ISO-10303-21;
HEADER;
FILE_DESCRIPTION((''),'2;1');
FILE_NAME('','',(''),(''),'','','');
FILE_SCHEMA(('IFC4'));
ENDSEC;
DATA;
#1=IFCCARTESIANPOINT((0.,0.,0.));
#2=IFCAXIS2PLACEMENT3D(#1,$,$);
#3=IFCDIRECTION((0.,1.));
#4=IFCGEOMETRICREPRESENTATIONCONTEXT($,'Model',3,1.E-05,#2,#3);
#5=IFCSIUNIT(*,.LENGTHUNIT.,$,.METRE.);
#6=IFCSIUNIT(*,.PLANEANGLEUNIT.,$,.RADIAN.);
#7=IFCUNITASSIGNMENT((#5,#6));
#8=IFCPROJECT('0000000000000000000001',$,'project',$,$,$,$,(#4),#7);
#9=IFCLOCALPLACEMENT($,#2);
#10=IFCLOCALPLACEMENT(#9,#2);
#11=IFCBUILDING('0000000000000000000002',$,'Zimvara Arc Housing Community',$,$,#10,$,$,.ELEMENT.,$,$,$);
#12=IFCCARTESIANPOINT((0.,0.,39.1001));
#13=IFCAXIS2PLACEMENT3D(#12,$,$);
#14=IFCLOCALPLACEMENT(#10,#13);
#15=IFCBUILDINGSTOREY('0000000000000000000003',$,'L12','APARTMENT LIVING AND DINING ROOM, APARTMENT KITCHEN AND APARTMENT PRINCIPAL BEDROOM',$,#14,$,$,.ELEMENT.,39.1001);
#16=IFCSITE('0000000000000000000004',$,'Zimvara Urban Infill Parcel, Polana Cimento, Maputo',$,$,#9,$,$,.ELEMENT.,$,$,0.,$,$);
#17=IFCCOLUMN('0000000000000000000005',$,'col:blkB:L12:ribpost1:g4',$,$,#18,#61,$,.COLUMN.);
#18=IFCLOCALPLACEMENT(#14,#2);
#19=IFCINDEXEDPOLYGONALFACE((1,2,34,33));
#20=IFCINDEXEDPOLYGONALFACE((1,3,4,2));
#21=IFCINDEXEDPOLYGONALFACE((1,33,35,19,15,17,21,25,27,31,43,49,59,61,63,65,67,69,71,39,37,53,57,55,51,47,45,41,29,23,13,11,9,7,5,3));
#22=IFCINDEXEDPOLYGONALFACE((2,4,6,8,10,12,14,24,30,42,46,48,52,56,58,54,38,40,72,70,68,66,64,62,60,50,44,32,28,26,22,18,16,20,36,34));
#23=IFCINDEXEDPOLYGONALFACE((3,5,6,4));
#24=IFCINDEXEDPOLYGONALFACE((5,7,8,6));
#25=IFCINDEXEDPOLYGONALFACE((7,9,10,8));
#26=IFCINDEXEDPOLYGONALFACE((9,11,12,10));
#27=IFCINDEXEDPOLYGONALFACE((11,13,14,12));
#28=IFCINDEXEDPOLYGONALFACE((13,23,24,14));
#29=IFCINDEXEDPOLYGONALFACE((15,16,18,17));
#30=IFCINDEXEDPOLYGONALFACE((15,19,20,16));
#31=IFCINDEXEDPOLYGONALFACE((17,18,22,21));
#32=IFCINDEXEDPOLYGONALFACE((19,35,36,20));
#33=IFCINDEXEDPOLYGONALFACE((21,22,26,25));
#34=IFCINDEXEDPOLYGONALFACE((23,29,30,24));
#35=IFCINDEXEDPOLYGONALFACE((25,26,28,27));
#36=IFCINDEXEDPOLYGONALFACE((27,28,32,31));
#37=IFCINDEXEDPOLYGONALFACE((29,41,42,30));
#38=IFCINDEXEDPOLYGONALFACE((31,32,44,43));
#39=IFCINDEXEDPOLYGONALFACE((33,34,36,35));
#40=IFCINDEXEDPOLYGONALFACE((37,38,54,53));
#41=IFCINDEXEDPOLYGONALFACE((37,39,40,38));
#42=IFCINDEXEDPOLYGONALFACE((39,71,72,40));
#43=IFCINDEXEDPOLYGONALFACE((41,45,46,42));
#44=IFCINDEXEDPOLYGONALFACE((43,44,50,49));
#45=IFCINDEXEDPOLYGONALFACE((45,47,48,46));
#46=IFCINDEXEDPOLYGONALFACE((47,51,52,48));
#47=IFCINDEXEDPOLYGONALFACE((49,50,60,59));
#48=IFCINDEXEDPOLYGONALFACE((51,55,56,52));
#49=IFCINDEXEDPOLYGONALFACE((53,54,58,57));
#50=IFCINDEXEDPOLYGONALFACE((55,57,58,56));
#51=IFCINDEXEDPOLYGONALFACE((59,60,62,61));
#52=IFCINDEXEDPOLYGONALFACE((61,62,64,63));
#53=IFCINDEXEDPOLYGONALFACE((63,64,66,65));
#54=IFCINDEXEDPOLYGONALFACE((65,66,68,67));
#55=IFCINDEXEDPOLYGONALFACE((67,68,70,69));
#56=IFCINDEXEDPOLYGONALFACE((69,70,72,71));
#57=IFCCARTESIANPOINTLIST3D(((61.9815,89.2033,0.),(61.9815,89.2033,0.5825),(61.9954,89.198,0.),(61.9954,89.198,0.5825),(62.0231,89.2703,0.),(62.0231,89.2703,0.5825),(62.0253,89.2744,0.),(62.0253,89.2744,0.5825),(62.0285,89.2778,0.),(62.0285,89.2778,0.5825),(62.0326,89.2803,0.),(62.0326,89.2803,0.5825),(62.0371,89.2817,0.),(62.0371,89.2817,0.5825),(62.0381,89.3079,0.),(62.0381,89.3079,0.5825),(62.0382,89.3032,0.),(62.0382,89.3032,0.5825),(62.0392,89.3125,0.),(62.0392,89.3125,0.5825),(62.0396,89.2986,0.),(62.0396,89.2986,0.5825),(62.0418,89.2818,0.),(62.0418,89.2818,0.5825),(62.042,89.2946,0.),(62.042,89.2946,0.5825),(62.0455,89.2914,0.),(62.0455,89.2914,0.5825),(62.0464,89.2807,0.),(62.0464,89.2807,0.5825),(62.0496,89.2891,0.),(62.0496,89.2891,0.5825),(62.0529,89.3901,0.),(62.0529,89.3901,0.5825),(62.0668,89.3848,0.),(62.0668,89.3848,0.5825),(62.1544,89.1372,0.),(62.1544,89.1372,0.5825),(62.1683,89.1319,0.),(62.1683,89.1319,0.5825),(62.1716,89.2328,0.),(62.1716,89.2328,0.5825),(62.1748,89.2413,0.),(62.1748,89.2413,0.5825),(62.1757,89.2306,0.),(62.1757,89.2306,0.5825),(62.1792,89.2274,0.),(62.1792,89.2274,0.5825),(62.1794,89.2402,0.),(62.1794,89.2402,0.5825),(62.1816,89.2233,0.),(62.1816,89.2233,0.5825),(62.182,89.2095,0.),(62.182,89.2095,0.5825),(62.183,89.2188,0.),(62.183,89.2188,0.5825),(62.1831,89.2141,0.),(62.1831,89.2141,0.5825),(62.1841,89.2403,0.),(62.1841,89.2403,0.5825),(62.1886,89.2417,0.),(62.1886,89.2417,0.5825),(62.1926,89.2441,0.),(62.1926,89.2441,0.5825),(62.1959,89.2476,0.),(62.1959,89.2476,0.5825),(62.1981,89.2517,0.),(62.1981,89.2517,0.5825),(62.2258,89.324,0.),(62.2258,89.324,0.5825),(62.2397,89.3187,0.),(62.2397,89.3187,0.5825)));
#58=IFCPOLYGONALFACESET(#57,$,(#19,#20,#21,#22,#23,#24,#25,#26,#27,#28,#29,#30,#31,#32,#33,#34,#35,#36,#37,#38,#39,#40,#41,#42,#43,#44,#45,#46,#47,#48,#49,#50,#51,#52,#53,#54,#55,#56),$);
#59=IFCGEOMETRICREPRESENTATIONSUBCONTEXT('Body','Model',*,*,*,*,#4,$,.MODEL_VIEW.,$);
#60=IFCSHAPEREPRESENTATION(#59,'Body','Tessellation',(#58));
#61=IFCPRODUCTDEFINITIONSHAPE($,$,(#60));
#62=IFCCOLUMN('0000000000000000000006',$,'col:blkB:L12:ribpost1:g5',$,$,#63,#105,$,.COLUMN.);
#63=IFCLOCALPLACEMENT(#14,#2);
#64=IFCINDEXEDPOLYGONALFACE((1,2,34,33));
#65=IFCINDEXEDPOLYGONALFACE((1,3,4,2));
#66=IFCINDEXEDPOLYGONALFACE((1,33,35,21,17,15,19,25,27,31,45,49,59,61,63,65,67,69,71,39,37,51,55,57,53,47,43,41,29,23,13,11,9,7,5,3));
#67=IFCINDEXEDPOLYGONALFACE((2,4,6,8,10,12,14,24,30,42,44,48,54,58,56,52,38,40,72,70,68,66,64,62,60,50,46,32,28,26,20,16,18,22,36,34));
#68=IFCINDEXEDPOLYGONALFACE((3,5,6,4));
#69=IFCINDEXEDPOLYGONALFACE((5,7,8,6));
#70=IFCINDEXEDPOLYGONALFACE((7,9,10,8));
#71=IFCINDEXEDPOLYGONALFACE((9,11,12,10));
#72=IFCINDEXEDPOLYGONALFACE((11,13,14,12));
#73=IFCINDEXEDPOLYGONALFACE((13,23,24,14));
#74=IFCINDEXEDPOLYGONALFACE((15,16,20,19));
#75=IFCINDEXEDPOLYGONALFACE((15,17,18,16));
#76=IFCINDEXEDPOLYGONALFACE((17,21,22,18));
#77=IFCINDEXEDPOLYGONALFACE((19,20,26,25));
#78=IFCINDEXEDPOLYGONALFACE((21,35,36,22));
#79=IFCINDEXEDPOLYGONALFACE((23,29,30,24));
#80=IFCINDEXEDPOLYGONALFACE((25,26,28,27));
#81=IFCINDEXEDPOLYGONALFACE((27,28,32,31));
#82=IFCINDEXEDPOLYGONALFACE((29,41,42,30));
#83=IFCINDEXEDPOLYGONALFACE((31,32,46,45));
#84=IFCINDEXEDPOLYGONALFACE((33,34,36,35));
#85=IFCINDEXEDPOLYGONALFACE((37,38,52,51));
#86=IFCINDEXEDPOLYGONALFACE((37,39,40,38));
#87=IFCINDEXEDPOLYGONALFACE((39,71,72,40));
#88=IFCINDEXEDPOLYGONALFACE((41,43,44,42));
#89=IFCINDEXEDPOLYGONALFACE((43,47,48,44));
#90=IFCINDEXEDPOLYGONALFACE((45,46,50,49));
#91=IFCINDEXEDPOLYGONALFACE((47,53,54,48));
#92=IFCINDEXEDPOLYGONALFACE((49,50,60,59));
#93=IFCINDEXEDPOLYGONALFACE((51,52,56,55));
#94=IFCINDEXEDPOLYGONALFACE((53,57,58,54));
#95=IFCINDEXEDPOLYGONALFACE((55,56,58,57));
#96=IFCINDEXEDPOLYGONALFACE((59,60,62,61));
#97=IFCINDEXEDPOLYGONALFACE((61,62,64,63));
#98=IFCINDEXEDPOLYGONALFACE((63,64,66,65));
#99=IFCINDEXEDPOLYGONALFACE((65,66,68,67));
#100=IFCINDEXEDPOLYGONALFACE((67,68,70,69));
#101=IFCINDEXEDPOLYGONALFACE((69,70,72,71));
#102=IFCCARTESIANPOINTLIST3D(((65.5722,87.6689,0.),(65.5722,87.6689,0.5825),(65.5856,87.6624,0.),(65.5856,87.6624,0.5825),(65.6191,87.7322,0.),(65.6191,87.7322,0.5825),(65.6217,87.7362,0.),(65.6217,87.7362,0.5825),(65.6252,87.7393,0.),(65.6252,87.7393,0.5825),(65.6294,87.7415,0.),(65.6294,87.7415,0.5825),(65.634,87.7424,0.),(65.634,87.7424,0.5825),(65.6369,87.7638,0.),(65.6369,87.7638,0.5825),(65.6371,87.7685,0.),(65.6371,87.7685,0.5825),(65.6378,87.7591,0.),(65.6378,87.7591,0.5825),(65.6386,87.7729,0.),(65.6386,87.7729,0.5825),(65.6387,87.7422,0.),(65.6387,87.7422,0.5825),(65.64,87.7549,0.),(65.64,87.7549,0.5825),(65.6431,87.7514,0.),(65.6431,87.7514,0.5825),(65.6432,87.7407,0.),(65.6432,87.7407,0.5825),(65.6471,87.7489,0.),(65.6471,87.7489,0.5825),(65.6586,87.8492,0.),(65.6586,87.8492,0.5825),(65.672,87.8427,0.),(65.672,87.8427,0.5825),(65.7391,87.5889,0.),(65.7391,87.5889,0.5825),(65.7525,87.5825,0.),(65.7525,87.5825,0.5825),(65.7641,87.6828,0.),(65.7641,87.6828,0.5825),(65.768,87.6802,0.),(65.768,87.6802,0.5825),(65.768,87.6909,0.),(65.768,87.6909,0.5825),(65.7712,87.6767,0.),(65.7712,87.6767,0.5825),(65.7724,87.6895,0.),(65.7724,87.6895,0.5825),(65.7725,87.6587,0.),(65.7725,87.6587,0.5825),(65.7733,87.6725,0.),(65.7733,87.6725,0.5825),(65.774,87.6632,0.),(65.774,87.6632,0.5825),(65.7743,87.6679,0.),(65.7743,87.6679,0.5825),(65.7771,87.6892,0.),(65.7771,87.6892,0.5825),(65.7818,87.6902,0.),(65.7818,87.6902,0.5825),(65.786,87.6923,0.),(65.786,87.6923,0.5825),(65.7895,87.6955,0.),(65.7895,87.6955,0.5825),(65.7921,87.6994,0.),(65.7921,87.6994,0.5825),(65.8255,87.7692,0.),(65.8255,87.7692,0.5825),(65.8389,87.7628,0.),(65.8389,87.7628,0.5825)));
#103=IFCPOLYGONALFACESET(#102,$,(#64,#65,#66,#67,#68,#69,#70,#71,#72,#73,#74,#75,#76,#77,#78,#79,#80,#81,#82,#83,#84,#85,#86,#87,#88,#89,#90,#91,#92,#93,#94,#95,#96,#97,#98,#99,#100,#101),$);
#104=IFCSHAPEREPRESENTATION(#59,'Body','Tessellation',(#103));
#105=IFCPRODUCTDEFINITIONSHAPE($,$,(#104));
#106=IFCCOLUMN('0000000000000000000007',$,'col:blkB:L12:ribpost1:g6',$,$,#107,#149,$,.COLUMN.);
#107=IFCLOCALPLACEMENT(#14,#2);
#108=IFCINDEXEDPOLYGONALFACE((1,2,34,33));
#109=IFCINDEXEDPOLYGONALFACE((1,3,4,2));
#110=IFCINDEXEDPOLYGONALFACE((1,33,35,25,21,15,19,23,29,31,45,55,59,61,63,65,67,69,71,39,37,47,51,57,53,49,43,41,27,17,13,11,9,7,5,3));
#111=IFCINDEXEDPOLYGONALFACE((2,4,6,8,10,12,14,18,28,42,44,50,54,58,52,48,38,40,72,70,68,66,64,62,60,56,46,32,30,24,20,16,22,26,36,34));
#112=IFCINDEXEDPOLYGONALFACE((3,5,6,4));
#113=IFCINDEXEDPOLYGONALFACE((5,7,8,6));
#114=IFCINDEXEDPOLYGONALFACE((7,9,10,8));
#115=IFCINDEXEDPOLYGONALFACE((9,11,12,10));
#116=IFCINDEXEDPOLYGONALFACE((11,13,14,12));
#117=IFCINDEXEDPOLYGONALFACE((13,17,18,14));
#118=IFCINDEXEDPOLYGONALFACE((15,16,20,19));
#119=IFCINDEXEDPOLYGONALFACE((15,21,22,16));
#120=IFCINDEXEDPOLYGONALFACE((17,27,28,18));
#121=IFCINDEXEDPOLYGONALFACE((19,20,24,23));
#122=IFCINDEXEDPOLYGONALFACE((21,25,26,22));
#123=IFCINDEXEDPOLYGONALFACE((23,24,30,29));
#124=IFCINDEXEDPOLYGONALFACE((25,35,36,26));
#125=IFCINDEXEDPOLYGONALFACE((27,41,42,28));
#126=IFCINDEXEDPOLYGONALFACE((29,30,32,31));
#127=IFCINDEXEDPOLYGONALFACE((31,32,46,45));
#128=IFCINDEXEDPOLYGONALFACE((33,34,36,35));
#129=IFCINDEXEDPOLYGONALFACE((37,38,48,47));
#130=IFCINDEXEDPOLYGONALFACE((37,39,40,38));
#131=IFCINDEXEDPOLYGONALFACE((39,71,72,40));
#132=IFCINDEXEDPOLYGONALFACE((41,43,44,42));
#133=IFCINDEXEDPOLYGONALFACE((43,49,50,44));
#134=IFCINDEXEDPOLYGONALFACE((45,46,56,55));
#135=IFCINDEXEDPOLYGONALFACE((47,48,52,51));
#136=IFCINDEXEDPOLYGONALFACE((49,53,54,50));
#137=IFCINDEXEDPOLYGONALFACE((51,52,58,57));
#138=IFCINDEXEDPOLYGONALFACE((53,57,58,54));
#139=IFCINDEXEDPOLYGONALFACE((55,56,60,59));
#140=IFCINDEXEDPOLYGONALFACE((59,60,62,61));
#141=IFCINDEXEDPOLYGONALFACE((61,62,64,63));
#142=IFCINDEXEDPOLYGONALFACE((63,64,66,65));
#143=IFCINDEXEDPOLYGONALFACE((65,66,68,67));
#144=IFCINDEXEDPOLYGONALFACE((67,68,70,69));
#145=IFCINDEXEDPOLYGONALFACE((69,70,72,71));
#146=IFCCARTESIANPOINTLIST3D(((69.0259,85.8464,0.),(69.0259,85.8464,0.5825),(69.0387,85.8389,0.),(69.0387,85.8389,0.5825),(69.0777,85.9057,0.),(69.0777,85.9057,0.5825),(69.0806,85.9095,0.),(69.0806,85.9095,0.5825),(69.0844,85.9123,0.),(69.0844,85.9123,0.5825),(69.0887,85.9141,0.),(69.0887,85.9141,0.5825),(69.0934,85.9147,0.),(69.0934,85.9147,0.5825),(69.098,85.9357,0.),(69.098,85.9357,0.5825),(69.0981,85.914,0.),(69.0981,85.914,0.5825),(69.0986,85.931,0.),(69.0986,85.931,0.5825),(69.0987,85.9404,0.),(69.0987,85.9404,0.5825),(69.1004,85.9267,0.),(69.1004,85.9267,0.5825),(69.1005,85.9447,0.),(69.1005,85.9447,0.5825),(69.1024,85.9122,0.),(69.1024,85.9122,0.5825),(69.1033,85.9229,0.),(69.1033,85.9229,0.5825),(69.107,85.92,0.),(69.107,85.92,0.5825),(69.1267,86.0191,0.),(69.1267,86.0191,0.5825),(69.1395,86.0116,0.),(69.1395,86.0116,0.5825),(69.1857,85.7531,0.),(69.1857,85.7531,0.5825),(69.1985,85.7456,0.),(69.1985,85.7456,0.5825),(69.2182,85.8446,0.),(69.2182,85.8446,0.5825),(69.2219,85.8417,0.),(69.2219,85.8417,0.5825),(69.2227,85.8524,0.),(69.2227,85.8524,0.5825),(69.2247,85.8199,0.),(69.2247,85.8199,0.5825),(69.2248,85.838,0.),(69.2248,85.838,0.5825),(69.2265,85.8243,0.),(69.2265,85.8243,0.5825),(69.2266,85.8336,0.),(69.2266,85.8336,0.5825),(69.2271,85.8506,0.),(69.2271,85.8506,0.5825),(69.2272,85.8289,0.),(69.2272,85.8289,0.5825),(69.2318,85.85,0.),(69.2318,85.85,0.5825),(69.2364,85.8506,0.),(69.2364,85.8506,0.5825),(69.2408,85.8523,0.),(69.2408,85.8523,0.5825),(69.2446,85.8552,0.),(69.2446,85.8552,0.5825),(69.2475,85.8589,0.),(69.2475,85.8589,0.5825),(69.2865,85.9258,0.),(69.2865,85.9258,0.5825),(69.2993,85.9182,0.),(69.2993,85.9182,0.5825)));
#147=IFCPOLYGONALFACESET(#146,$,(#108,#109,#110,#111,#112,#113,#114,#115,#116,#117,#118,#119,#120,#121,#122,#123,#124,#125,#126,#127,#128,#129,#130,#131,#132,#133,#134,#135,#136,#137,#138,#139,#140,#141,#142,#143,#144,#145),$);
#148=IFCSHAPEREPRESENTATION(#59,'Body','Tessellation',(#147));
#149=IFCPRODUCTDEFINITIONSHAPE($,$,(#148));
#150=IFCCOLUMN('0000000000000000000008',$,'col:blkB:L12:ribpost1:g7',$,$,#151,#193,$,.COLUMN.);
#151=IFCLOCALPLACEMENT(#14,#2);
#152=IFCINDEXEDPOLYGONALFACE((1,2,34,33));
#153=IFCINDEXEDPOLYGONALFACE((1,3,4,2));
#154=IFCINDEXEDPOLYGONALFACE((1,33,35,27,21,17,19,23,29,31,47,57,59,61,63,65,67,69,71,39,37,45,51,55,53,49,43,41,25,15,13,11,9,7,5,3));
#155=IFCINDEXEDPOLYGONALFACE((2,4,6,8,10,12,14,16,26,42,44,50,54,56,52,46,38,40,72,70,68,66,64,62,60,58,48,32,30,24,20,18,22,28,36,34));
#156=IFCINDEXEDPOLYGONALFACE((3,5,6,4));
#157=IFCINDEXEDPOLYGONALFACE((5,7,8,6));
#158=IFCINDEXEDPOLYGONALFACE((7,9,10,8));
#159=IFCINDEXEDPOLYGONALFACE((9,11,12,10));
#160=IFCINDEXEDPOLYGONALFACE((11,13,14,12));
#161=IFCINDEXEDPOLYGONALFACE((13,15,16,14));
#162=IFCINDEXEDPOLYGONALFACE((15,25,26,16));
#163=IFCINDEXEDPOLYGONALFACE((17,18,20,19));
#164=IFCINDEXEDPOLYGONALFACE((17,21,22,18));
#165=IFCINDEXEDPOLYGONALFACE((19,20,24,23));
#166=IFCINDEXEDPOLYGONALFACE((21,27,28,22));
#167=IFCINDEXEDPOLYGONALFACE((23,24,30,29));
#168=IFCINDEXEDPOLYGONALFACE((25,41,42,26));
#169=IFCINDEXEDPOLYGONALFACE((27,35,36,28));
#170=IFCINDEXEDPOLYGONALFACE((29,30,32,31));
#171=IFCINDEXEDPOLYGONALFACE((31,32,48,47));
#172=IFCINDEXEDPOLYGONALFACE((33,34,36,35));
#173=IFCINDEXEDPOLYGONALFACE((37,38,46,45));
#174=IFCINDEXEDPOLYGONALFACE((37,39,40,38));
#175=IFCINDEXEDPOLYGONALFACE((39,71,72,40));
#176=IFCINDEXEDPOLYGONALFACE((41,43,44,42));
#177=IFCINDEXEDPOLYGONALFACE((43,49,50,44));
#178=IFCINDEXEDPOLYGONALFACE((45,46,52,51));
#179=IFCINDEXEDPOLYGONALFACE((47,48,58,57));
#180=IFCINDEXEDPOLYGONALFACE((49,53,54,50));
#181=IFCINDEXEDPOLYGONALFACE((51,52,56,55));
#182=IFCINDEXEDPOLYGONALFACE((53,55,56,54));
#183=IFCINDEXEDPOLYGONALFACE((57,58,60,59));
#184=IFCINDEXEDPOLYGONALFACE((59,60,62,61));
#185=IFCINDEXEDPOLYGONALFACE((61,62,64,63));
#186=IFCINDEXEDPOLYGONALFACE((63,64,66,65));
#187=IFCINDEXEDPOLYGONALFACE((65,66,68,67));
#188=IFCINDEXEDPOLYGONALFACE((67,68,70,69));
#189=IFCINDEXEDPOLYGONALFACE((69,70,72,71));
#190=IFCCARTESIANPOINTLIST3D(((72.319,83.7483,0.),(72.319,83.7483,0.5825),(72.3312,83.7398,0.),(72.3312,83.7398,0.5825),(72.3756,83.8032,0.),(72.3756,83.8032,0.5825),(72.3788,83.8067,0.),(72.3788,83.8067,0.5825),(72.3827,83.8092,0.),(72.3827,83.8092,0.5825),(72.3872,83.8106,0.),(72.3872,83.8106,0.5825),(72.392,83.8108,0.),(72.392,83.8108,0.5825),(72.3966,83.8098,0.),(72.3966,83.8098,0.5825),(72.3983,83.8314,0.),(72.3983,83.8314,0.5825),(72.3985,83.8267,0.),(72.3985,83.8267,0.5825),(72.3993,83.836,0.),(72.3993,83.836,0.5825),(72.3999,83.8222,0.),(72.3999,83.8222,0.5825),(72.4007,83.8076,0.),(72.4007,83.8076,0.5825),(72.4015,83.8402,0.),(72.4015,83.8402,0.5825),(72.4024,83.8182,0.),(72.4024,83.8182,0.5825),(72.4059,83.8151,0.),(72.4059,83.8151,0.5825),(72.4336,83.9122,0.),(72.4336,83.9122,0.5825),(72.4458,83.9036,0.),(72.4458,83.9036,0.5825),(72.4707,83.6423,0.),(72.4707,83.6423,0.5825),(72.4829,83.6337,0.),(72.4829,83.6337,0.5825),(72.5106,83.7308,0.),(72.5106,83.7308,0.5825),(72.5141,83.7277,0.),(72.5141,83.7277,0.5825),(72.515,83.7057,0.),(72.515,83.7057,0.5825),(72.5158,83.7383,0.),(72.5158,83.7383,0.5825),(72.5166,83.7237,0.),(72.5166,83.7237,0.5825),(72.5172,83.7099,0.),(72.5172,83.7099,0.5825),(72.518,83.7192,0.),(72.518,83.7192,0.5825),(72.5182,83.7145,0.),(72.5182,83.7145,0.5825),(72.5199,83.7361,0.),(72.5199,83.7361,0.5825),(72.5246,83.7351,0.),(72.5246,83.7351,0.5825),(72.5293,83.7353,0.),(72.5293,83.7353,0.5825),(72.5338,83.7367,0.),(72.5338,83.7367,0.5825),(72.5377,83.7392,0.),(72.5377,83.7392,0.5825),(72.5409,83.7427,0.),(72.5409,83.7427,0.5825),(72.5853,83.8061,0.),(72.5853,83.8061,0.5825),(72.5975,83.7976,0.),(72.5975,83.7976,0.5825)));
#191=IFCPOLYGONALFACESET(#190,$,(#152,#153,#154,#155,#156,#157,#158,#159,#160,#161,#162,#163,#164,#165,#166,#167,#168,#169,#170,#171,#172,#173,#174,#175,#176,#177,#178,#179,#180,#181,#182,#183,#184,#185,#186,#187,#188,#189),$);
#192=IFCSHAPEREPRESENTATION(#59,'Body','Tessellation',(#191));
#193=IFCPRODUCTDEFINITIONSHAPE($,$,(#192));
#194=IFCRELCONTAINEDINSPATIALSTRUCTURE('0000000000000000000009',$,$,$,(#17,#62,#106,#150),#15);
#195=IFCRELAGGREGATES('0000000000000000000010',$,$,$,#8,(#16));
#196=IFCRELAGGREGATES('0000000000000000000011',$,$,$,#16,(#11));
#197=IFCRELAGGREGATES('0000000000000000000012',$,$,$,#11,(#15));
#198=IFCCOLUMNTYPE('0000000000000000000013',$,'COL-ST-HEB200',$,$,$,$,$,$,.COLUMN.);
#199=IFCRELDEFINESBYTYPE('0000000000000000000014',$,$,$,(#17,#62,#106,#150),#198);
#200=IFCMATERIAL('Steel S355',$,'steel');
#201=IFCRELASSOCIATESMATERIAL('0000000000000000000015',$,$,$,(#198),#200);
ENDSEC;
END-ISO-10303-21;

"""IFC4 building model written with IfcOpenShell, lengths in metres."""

from ifc_helpers import new_model, si_unit, direction, frame, origin, origin_2d, place, context, subcontext, project, spatial, i_section, extrude, material, material_profile, profile_set, type_object, element, save


model = new_model("IFC4")

# Units and contexts
model_context = context("Model", 3, precision=1e-05, world=origin(), true_north=direction((0.0, 1.0)))
body_context = subcontext(model_context, "Body", "Model", "MODEL_VIEW")
ifc_project = project(units=[si_unit("LENGTHUNIT", "METRE"), si_unit("PLANEANGLEUNIT", "RADIAN")], contexts=[model_context])

# Site, building, storey
site_placement = place(None, origin())
site = spatial("IfcSite", under=ifc_project, at=site_placement, Name="Zimvara Urban Infill Parcel, Polana Cimento, Maputo", CompositionType="ELEMENT", RefElevation=0.0)
building_placement = place(site_placement, origin())
building = spatial("IfcBuilding", under=site, at=building_placement, Name="Zimvara Arc Housing Community", CompositionType="ELEMENT")
storey_placement = place(building_placement, frame((0.0, 0.0, 39.1001)))
storey = spatial("IfcBuildingStorey", under=building, at=storey_placement, Name="L12", Description="APARTMENT LIVING AND DINING ROOM, APARTMENT KITCHEN AND APARTMENT PRINCIPAL BEDROOM", CompositionType="ELEMENT", Elevation=39.1001)

# Columns
ifc_material_1 = material(Name="Steel S355", Category="steel")
ifc_material_profile_1 = material_profile(ifc_material_1, i_section(OverallWidth=0.2, OverallDepth=0.2, WebThickness=0.009, FlangeThickness=0.0149, FilletRadius=0.0181, at=origin_2d()), Name="HEB 200")
ifc_profile_set_1 = profile_set([ifc_material_profile_1], Name="Steel S355")
column_type = type_object("IfcColumnType", Name="COL-ST-HEB200", PredefinedType="COLUMN", material=ifc_profile_set_1)
for number, where, z_axis, x_axis, name in (
    (1, (62.1106, 89.261, 0.0), (0.0, 0.0, 1.0), (0.357064, 0.93408, 0.0), "col:blkB:L12:ribpost1:g4"),
    (2, (65.7056, 87.7158, 0.0), (0.0, 0.0, 1.0), (0.432086, 0.901833, 0.0), "col:blkB:L12:ribpost1:g5"),
    (3, (69.1626, 85.8823, 0.0), (0.0, 0.0, 1.0), (0.504226, 0.863572, 0.0), "col:blkB:L12:ribpost1:g6"),
    (4, (72.4583, 83.7729, 0.0), (0.0, 0.0, 1.0), (0.573004, 0.819552, 0.0), "col:blkB:L12:ribpost1:g7"),
):
    element("IfcColumn", number, at=place(storey_placement, frame(where, z_axis=z_axis, x_axis=x_axis)), inside=storey, type_object=column_type, Name=name, PredefinedType="COLUMN", context=body_context, shape_type="SweptSolid", body=[
        extrude(i_section(OverallWidth=0.2, OverallDepth=0.2, WebThickness=0.009, FlangeThickness=0.0149, FilletRadius=0.0181, at=origin_2d()), origin(), (0.0, 0.0, 1.0), 0.5825),
    ])

save(model, "model.ifc")
